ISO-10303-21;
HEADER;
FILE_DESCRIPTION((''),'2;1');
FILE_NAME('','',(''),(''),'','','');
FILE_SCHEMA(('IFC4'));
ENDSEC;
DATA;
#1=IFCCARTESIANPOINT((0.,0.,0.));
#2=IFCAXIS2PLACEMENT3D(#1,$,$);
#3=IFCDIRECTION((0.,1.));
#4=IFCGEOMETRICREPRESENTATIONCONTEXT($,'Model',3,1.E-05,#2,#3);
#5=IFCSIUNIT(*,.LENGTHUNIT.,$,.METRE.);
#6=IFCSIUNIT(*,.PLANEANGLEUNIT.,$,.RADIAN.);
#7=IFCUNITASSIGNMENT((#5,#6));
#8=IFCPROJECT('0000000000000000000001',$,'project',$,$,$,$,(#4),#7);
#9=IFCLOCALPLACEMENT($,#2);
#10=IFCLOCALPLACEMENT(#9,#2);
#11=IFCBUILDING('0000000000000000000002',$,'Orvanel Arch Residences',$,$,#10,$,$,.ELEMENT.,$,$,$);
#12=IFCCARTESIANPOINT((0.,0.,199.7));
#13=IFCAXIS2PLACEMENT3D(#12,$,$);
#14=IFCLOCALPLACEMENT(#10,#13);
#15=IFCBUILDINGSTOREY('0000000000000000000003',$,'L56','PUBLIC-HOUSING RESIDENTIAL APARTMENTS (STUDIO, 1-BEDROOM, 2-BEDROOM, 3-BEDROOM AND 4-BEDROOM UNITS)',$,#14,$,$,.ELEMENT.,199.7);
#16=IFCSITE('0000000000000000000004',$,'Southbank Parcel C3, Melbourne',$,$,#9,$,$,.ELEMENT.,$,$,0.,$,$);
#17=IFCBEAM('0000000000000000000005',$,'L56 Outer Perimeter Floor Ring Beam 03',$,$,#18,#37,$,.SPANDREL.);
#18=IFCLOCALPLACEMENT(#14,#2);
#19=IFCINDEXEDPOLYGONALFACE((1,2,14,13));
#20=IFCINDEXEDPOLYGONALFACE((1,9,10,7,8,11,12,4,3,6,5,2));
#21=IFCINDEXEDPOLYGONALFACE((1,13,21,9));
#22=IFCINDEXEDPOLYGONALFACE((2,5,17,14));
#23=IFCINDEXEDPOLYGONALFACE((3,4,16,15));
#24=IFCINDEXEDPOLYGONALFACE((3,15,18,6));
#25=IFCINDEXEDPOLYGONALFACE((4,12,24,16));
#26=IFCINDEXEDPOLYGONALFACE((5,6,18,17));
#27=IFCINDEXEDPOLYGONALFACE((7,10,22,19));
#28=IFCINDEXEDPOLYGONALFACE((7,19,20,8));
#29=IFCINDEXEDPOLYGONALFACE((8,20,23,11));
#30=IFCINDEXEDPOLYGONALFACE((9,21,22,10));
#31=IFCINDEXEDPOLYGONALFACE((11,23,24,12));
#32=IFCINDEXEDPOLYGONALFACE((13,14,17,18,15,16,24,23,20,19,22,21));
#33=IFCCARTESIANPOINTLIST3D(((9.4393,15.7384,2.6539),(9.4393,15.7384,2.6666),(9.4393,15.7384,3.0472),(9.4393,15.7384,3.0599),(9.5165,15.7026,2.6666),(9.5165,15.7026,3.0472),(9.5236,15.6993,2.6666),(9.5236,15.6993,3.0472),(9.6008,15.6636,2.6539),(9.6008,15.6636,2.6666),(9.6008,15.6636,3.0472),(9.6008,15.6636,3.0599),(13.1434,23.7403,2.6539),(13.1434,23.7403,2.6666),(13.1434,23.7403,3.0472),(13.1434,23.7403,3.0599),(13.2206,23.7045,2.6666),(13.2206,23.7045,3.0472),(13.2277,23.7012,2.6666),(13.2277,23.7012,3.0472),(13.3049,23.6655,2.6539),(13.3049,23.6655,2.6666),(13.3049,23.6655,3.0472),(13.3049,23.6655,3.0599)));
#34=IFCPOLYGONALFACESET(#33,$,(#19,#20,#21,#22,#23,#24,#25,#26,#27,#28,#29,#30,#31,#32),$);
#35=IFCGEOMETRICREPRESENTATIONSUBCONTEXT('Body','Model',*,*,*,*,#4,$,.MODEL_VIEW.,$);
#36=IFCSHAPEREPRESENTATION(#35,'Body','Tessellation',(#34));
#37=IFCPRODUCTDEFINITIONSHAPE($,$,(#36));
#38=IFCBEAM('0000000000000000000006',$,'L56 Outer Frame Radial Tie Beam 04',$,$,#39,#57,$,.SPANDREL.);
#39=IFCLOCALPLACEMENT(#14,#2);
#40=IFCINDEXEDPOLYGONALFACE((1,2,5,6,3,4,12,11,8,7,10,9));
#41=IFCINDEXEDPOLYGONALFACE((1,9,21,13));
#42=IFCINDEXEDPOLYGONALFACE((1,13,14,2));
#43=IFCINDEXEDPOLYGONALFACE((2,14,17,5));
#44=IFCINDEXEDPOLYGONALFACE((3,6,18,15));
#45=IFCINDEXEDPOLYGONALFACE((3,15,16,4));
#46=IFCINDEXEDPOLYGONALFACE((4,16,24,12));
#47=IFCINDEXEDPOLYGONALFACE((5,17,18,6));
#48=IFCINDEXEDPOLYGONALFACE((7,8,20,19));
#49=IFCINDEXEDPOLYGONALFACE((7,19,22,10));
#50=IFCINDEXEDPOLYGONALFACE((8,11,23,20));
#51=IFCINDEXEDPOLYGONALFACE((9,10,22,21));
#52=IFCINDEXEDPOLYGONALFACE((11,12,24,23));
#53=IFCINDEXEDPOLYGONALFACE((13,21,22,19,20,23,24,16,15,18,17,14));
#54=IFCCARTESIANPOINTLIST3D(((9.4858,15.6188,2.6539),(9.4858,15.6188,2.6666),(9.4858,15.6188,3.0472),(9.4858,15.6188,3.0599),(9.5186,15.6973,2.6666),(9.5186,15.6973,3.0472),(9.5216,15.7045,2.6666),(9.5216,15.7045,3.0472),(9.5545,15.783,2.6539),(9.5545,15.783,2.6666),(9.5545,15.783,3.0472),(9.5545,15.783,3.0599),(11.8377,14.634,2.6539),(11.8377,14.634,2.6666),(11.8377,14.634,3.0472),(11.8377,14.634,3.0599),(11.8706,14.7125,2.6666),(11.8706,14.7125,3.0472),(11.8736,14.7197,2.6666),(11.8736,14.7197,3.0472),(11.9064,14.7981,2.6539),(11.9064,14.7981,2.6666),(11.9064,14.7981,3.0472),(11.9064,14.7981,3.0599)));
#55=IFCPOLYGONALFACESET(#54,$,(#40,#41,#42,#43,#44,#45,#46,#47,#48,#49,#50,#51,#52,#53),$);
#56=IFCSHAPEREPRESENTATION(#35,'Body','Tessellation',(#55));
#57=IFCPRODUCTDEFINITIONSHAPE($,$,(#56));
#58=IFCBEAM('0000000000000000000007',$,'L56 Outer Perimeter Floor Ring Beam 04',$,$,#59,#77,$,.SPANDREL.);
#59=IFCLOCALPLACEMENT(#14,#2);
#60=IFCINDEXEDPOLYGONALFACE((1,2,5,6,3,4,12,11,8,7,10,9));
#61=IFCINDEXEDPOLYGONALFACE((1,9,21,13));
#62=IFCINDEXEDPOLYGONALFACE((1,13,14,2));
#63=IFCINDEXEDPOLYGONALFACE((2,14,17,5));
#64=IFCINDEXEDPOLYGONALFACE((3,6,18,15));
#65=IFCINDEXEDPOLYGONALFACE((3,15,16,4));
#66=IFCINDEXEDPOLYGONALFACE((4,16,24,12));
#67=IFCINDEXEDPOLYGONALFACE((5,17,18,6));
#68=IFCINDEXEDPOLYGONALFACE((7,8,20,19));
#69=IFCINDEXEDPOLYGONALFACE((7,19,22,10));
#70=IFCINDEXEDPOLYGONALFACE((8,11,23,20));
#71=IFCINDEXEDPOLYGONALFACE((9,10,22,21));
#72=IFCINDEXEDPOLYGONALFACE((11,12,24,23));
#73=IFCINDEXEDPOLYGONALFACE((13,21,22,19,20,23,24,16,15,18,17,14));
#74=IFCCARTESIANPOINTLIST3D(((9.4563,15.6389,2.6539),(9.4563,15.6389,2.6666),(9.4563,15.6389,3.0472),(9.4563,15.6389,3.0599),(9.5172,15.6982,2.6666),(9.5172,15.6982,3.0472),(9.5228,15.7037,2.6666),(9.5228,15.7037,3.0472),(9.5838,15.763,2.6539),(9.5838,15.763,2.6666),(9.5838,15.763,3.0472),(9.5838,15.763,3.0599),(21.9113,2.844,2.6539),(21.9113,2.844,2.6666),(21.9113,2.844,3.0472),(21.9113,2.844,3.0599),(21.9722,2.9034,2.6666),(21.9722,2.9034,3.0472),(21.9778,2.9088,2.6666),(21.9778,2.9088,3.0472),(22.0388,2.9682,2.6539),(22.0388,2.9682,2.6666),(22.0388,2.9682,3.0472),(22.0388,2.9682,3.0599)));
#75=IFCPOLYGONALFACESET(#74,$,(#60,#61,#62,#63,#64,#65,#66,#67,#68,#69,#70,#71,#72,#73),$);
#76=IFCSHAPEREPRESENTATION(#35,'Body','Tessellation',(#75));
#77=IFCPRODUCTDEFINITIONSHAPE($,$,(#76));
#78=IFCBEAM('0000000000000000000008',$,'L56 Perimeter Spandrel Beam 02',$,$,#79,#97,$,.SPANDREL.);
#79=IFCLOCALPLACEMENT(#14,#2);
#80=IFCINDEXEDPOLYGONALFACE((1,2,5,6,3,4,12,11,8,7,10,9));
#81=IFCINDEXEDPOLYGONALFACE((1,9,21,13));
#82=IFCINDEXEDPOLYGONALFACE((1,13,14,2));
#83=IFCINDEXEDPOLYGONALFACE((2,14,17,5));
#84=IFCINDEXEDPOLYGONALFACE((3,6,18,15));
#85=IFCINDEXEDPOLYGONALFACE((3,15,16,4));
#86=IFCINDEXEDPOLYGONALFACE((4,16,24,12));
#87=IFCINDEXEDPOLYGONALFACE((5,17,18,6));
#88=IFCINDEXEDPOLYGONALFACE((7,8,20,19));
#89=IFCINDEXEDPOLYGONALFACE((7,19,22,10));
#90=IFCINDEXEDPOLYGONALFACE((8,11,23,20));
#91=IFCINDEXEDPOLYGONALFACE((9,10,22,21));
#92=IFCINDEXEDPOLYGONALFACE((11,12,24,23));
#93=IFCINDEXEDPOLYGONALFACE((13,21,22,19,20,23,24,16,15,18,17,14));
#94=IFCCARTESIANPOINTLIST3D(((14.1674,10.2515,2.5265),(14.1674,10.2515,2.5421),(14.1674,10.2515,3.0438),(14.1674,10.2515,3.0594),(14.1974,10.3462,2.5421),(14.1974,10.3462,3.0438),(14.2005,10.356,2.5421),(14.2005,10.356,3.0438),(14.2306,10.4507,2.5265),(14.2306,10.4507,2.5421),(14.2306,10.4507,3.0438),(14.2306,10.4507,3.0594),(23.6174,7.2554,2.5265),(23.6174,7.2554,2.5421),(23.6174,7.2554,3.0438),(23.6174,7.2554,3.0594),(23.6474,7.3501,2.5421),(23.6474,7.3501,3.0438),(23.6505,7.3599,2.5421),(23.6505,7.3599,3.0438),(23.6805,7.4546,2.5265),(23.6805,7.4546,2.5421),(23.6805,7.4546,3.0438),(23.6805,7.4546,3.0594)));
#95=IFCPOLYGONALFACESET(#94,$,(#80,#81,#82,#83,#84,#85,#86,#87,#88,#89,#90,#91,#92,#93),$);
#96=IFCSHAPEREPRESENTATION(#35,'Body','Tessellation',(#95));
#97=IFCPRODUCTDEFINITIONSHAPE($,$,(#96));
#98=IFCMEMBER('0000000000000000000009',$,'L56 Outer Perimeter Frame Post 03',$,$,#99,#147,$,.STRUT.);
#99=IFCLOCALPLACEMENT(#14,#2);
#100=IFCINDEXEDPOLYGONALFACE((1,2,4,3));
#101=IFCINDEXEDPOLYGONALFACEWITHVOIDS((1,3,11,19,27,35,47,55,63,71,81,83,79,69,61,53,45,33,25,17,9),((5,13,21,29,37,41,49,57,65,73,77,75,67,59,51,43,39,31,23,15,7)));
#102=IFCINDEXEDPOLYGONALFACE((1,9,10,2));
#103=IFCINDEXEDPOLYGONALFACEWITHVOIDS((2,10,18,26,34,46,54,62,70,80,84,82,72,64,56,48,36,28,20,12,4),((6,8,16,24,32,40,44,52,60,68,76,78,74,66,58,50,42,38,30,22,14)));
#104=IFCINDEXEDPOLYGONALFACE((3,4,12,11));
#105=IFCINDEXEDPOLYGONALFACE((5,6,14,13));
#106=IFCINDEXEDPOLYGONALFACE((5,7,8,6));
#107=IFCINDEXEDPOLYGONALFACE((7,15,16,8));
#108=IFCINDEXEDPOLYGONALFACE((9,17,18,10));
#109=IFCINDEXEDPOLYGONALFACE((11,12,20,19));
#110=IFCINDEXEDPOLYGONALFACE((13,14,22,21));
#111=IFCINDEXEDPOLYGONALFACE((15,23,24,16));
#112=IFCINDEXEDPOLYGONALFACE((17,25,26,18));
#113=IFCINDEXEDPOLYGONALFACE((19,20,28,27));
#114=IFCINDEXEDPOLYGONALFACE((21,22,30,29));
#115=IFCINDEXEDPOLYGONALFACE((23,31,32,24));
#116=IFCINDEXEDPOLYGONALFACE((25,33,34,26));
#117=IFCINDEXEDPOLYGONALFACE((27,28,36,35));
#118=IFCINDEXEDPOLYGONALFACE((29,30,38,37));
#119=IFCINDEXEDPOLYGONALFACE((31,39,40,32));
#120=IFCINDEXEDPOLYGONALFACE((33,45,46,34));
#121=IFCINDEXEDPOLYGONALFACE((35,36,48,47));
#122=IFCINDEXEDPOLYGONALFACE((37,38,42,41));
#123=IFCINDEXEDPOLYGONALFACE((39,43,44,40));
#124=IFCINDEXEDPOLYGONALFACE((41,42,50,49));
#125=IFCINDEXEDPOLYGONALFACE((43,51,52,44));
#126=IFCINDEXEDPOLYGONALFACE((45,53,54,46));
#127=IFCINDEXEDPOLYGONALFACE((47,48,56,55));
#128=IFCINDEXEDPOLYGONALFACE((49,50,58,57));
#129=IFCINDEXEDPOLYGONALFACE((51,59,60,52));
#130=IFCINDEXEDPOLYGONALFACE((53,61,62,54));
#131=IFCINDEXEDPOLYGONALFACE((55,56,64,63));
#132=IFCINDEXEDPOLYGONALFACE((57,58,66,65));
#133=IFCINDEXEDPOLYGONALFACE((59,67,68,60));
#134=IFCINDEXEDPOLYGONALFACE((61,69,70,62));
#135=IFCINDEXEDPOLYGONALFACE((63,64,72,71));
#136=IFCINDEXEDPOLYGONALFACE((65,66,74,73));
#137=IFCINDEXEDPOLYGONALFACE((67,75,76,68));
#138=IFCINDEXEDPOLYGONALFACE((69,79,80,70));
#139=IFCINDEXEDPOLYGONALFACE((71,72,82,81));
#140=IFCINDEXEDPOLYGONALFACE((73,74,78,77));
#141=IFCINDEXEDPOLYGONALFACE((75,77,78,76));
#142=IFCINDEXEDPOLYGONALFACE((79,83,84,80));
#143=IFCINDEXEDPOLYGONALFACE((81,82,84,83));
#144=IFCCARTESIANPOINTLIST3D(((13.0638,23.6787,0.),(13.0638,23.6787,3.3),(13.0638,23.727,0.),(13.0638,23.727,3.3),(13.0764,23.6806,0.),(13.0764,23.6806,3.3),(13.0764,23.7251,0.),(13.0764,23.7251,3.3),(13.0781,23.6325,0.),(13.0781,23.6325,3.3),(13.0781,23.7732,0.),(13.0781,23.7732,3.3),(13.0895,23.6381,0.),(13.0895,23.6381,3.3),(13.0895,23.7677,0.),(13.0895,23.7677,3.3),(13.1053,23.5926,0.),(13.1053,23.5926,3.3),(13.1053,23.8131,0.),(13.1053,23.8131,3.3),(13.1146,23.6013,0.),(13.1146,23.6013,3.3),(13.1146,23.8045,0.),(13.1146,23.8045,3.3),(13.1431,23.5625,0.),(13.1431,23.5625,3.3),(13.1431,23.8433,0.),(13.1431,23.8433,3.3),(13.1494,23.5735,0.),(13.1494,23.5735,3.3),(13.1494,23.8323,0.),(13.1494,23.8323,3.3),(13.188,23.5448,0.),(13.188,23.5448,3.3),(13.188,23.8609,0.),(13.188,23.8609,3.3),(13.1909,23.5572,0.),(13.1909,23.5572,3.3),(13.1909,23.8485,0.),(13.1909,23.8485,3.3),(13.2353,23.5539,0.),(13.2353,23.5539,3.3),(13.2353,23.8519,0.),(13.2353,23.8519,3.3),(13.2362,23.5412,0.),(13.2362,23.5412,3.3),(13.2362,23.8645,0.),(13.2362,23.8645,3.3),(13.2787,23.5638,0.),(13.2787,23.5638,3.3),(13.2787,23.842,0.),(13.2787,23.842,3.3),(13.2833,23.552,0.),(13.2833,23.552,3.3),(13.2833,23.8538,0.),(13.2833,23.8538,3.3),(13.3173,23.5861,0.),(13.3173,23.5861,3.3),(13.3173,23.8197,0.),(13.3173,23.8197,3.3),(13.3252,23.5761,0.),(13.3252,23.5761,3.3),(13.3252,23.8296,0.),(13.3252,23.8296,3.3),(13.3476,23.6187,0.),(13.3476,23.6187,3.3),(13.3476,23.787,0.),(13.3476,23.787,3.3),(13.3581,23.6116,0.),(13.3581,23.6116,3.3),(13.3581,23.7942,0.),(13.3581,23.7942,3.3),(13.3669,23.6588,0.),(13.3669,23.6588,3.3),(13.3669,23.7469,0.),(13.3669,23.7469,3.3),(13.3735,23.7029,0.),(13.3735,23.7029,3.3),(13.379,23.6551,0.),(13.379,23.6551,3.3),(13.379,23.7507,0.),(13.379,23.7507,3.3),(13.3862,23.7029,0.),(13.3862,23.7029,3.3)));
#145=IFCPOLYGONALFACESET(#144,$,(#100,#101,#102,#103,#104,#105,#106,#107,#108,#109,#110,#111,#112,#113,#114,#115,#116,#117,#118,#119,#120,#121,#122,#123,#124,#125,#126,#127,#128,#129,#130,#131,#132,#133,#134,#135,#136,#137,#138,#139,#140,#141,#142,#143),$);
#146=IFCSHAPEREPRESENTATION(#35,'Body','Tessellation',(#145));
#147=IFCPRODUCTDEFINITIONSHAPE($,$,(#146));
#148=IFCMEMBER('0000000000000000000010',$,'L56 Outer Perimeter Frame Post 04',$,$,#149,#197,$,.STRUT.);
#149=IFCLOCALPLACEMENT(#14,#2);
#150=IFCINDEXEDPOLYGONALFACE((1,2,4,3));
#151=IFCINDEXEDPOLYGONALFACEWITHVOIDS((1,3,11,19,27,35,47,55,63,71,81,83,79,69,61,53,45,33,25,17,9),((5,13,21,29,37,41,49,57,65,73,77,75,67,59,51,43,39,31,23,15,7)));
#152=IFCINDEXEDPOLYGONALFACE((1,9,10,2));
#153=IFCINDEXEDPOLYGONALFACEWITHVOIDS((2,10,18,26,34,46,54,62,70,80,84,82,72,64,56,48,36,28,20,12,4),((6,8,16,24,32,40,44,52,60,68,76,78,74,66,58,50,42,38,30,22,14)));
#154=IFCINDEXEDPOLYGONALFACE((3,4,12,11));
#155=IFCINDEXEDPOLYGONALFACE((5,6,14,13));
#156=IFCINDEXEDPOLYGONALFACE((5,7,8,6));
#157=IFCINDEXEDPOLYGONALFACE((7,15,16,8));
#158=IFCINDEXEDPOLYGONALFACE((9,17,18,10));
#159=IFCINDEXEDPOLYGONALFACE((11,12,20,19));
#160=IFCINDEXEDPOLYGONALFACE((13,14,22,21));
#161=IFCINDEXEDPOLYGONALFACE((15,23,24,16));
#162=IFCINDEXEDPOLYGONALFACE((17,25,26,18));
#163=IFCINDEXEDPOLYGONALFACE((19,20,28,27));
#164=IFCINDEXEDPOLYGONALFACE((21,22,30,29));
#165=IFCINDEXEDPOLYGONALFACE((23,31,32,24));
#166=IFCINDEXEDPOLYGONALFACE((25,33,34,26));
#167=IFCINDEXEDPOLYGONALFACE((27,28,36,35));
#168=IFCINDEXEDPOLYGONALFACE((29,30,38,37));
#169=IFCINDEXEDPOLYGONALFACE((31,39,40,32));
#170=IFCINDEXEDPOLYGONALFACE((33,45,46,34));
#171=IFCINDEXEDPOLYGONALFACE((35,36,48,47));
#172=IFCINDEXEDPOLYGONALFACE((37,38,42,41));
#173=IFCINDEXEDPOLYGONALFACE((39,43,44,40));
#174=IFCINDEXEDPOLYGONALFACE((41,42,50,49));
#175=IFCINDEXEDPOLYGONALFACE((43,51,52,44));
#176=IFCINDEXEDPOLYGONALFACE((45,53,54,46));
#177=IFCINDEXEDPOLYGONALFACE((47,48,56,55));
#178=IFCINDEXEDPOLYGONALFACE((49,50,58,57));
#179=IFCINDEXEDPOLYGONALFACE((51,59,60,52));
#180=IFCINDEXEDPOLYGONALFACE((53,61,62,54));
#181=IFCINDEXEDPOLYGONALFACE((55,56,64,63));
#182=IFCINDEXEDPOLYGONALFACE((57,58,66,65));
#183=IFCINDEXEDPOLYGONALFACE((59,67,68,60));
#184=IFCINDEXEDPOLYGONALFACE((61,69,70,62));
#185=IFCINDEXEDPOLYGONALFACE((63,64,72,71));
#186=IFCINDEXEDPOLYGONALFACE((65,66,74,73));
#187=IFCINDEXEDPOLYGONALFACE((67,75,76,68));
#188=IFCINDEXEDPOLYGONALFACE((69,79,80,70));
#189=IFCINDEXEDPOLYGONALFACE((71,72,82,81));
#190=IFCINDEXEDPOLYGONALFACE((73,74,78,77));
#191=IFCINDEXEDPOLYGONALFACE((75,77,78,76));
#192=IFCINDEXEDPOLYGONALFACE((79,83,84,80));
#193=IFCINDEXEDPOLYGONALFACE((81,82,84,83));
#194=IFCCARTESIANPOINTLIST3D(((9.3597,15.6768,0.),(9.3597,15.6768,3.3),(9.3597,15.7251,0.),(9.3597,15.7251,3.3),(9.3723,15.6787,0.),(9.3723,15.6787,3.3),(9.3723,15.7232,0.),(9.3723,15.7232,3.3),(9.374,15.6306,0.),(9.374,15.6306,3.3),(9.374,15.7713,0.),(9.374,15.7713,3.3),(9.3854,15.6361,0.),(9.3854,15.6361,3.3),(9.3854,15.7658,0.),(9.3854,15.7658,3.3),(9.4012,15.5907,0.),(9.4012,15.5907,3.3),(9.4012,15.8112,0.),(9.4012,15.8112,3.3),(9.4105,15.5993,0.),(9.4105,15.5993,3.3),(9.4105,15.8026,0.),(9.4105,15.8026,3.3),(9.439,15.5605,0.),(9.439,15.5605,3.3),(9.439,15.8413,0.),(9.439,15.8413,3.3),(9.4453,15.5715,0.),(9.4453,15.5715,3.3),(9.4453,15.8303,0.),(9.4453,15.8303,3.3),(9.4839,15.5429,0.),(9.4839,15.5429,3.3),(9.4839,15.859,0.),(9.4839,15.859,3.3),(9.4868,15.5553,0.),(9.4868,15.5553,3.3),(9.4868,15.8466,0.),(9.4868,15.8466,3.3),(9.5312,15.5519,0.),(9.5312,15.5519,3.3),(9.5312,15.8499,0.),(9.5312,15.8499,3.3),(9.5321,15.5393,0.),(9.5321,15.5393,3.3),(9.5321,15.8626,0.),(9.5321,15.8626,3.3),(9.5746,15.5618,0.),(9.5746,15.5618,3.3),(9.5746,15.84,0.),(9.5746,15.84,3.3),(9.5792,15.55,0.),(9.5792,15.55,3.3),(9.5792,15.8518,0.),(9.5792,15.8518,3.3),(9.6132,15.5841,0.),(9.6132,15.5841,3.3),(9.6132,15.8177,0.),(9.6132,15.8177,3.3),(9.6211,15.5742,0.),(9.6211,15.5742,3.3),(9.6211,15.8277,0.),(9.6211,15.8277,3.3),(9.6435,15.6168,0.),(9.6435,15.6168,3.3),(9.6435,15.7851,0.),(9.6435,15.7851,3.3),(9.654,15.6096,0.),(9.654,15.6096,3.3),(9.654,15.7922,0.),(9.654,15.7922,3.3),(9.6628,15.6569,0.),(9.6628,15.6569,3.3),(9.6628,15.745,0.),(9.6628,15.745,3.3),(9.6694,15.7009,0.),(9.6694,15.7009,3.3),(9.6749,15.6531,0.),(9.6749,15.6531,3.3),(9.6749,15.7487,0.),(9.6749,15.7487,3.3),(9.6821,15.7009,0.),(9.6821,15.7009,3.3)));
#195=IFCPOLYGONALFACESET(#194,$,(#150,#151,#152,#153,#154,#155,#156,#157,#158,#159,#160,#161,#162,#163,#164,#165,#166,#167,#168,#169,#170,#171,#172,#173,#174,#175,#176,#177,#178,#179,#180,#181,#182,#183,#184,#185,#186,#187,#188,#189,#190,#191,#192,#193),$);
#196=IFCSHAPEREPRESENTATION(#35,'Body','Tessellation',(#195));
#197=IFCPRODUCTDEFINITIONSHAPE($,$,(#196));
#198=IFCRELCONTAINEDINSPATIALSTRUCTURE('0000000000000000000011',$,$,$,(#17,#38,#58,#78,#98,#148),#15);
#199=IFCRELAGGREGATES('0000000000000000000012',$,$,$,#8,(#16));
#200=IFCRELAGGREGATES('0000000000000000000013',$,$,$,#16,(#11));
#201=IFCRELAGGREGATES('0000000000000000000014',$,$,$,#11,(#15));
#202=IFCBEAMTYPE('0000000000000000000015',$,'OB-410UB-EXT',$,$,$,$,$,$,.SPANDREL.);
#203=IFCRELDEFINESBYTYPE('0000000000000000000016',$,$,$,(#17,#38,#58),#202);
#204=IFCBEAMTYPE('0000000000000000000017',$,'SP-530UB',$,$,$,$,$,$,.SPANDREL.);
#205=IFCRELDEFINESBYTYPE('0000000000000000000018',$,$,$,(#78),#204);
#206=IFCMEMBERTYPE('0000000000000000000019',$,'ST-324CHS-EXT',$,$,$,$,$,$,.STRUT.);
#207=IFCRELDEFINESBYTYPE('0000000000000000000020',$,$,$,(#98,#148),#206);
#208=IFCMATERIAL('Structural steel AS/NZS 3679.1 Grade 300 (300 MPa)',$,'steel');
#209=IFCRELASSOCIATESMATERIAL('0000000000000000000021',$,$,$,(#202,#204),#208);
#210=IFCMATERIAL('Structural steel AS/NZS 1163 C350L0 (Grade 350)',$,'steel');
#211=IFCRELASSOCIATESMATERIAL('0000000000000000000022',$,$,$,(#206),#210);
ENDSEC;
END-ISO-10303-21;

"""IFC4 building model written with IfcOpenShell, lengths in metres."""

from ifc_helpers import new_model, si_unit, direction, frame, origin, origin_2d, place, context, subcontext, project, spatial, hollow_circle, i_section, extrude, material, material_profile, profile_set, type_object, element, save


model = new_model("IFC4")

# Units and contexts
model_context = context("Model", 3, precision=1e-05, world=origin(), true_north=direction((0.0, 1.0)))
body_context = subcontext(model_context, "Body", "Model", "MODEL_VIEW")
ifc_project = project(units=[si_unit("LENGTHUNIT", "METRE"), si_unit("PLANEANGLEUNIT", "RADIAN")], contexts=[model_context])

# Site, building, storey
site_placement = place(None, origin())
site = spatial("IfcSite", under=ifc_project, at=site_placement, Name="Southbank Parcel C3, Melbourne", CompositionType="ELEMENT", RefElevation=0.0)
building_placement = place(site_placement, origin())
building = spatial("IfcBuilding", under=site, at=building_placement, Name="Orvanel Arch Residences", CompositionType="ELEMENT")
storey_placement = place(building_placement, frame((0.0, 0.0, 199.7)))
storey = spatial("IfcBuildingStorey", under=building, at=storey_placement, Name="L56", Description="PUBLIC-HOUSING RESIDENTIAL APARTMENTS (STUDIO, 1-BEDROOM, 2-BEDROOM, 3-BEDROOM AND 4-BEDROOM UNITS)", CompositionType="ELEMENT", Elevation=199.7)

# Beams
ifc_material_1 = material(Name="Structural steel AS/NZS 3679.1 Grade 300 (300 MPa)", Category="steel")
ifc_material_profile_1 = material_profile(ifc_material_1, i_section(OverallWidth=0.178, OverallDepth=0.406, WebThickness=0.0078, FlangeThickness=0.0127, at=origin_2d()), Name="410UB59.7")
ifc_profile_set_1 = profile_set([ifc_material_profile_1], Name="Structural steel AS/NZS 3679.1 Grade 300 (300 MPa)")
beam_type_1 = type_object("IfcBeamType", Name="OB-410UB-EXT", PredefinedType="SPANDREL", material=ifc_profile_set_1)
beam_1_placement = place(storey_placement, frame((13.2241, 23.7029, 2.8569), z_axis=(-0.420076, -0.907489, 0.0), x_axis=(0.907489, -0.420076, 0.0)))
element("IfcBeam", 1, at=beam_1_placement, inside=storey, type_object=beam_type_1, Name="L56 Outer Perimeter Floor Ring Beam 03", PredefinedType="SPANDREL", context=body_context, shape_type="SweptSolid", body=[
    extrude(i_section(OverallWidth=0.178, OverallDepth=0.406, WebThickness=0.0078, FlangeThickness=0.0127, at=origin_2d()), origin(), (0.0, 0.0, 1.0), 8.8176),
])
beam_2_placement = place(storey_placement, frame((11.8721, 14.7161, 2.8569), z_axis=(-0.922401, 0.386233, 0.0), x_axis=(-0.386233, -0.922401, 0.0)))
element("IfcBeam", 2, at=beam_2_placement, inside=storey, type_object=beam_type_1, Name="L56 Outer Frame Radial Tie Beam 04", PredefinedType="SPANDREL", context=body_context, shape_type="SweptSolid", body=[
    extrude(i_section(OverallWidth=0.178, OverallDepth=0.406, WebThickness=0.0078, FlangeThickness=0.0127, at=origin_2d()), origin(), (0.0, 0.0, 1.0), 2.5498),
])
beam_3_placement = place(storey_placement, frame((9.52, 15.7009, 2.8569), z_axis=(0.697527, -0.716559, 0.0), x_axis=(0.716559, 0.697527, 0.0)))
element("IfcBeam", 3, at=beam_3_placement, inside=storey, type_object=beam_type_1, Name="L56 Outer Perimeter Floor Ring Beam 04", PredefinedType="SPANDREL", context=body_context, shape_type="SweptSolid", body=[
    extrude(i_section(OverallWidth=0.178, OverallDepth=0.406, WebThickness=0.0078, FlangeThickness=0.0127, at=origin_2d()), origin(), (0.0, 0.0, 1.0), 17.856),
])
ifc_material_profile_2 = material_profile(ifc_material_1, i_section(OverallWidth=0.209, OverallDepth=0.533, WebThickness=0.0103, FlangeThickness=0.0156, at=origin_2d()), Name="530UB92.4")
ifc_profile_set_2 = profile_set([ifc_material_profile_2], Name="Structural steel AS/NZS 3679.1 Grade 300 (300 MPa)")
beam_type_2 = type_object("IfcBeamType", Name="SP-530UB", PredefinedType="SPANDREL", material=ifc_profile_set_2)
beam_4_placement = place(storey_placement, frame((14.199, 10.3511, 2.793), z_axis=(0.953237, -0.302223, 0.0), x_axis=(0.302223, 0.953237, 0.0)))
element("IfcBeam", 4, at=beam_4_placement, inside=storey, type_object=beam_type_2, Name="L56 Perimeter Spandrel Beam 02", PredefinedType="SPANDREL", context=body_context, shape_type="SweptSolid", body=[
    extrude(i_section(OverallWidth=0.209, OverallDepth=0.533, WebThickness=0.0103, FlangeThickness=0.0156, at=origin_2d()), origin(), (0.0, 0.0, 1.0), 9.9136),
])

# Members
ifc_material_2 = material(Name="Structural steel AS/NZS 1163 C350L0 (Grade 350)", Category="steel")
ifc_material_profile_3 = material_profile(ifc_material_2, hollow_circle(Radius=0.1621, WallThickness=0.0127, at=origin_2d()), Name="CHS324x12.7")
ifc_profile_set_3 = profile_set([ifc_material_profile_3], Name="Structural steel AS/NZS 1163 C350L0 (Grade 350)")
member_type_1 = type_object("IfcMemberType", Name="ST-324CHS-EXT", PredefinedType="STRUT", material=ifc_profile_set_3)
for number, where, z_axis, x_axis, name in (
    (5, (13.2241, 23.7029, 0.0), (0.0, 0.0, 1.0), (1.0, 0.0, 0.0), "L56 Outer Perimeter Frame Post 03"),
    (6, (9.52, 15.7009, 0.0), (0.0, 0.0, 1.0), (1.0, 0.0, 0.0), "L56 Outer Perimeter Frame Post 04"),
):
    element("IfcMember", number, at=place(storey_placement, frame(where, z_axis=z_axis, x_axis=x_axis)), inside=storey, type_object=member_type_1, Name=name, PredefinedType="STRUT", context=body_context, shape_type="SweptSolid", body=[
        extrude(hollow_circle(Radius=0.1621, WallThickness=0.0127, at=origin_2d()), origin(), (0.0, 0.0, 1.0), 3.3),
    ])

save(model, "model.ifc")
